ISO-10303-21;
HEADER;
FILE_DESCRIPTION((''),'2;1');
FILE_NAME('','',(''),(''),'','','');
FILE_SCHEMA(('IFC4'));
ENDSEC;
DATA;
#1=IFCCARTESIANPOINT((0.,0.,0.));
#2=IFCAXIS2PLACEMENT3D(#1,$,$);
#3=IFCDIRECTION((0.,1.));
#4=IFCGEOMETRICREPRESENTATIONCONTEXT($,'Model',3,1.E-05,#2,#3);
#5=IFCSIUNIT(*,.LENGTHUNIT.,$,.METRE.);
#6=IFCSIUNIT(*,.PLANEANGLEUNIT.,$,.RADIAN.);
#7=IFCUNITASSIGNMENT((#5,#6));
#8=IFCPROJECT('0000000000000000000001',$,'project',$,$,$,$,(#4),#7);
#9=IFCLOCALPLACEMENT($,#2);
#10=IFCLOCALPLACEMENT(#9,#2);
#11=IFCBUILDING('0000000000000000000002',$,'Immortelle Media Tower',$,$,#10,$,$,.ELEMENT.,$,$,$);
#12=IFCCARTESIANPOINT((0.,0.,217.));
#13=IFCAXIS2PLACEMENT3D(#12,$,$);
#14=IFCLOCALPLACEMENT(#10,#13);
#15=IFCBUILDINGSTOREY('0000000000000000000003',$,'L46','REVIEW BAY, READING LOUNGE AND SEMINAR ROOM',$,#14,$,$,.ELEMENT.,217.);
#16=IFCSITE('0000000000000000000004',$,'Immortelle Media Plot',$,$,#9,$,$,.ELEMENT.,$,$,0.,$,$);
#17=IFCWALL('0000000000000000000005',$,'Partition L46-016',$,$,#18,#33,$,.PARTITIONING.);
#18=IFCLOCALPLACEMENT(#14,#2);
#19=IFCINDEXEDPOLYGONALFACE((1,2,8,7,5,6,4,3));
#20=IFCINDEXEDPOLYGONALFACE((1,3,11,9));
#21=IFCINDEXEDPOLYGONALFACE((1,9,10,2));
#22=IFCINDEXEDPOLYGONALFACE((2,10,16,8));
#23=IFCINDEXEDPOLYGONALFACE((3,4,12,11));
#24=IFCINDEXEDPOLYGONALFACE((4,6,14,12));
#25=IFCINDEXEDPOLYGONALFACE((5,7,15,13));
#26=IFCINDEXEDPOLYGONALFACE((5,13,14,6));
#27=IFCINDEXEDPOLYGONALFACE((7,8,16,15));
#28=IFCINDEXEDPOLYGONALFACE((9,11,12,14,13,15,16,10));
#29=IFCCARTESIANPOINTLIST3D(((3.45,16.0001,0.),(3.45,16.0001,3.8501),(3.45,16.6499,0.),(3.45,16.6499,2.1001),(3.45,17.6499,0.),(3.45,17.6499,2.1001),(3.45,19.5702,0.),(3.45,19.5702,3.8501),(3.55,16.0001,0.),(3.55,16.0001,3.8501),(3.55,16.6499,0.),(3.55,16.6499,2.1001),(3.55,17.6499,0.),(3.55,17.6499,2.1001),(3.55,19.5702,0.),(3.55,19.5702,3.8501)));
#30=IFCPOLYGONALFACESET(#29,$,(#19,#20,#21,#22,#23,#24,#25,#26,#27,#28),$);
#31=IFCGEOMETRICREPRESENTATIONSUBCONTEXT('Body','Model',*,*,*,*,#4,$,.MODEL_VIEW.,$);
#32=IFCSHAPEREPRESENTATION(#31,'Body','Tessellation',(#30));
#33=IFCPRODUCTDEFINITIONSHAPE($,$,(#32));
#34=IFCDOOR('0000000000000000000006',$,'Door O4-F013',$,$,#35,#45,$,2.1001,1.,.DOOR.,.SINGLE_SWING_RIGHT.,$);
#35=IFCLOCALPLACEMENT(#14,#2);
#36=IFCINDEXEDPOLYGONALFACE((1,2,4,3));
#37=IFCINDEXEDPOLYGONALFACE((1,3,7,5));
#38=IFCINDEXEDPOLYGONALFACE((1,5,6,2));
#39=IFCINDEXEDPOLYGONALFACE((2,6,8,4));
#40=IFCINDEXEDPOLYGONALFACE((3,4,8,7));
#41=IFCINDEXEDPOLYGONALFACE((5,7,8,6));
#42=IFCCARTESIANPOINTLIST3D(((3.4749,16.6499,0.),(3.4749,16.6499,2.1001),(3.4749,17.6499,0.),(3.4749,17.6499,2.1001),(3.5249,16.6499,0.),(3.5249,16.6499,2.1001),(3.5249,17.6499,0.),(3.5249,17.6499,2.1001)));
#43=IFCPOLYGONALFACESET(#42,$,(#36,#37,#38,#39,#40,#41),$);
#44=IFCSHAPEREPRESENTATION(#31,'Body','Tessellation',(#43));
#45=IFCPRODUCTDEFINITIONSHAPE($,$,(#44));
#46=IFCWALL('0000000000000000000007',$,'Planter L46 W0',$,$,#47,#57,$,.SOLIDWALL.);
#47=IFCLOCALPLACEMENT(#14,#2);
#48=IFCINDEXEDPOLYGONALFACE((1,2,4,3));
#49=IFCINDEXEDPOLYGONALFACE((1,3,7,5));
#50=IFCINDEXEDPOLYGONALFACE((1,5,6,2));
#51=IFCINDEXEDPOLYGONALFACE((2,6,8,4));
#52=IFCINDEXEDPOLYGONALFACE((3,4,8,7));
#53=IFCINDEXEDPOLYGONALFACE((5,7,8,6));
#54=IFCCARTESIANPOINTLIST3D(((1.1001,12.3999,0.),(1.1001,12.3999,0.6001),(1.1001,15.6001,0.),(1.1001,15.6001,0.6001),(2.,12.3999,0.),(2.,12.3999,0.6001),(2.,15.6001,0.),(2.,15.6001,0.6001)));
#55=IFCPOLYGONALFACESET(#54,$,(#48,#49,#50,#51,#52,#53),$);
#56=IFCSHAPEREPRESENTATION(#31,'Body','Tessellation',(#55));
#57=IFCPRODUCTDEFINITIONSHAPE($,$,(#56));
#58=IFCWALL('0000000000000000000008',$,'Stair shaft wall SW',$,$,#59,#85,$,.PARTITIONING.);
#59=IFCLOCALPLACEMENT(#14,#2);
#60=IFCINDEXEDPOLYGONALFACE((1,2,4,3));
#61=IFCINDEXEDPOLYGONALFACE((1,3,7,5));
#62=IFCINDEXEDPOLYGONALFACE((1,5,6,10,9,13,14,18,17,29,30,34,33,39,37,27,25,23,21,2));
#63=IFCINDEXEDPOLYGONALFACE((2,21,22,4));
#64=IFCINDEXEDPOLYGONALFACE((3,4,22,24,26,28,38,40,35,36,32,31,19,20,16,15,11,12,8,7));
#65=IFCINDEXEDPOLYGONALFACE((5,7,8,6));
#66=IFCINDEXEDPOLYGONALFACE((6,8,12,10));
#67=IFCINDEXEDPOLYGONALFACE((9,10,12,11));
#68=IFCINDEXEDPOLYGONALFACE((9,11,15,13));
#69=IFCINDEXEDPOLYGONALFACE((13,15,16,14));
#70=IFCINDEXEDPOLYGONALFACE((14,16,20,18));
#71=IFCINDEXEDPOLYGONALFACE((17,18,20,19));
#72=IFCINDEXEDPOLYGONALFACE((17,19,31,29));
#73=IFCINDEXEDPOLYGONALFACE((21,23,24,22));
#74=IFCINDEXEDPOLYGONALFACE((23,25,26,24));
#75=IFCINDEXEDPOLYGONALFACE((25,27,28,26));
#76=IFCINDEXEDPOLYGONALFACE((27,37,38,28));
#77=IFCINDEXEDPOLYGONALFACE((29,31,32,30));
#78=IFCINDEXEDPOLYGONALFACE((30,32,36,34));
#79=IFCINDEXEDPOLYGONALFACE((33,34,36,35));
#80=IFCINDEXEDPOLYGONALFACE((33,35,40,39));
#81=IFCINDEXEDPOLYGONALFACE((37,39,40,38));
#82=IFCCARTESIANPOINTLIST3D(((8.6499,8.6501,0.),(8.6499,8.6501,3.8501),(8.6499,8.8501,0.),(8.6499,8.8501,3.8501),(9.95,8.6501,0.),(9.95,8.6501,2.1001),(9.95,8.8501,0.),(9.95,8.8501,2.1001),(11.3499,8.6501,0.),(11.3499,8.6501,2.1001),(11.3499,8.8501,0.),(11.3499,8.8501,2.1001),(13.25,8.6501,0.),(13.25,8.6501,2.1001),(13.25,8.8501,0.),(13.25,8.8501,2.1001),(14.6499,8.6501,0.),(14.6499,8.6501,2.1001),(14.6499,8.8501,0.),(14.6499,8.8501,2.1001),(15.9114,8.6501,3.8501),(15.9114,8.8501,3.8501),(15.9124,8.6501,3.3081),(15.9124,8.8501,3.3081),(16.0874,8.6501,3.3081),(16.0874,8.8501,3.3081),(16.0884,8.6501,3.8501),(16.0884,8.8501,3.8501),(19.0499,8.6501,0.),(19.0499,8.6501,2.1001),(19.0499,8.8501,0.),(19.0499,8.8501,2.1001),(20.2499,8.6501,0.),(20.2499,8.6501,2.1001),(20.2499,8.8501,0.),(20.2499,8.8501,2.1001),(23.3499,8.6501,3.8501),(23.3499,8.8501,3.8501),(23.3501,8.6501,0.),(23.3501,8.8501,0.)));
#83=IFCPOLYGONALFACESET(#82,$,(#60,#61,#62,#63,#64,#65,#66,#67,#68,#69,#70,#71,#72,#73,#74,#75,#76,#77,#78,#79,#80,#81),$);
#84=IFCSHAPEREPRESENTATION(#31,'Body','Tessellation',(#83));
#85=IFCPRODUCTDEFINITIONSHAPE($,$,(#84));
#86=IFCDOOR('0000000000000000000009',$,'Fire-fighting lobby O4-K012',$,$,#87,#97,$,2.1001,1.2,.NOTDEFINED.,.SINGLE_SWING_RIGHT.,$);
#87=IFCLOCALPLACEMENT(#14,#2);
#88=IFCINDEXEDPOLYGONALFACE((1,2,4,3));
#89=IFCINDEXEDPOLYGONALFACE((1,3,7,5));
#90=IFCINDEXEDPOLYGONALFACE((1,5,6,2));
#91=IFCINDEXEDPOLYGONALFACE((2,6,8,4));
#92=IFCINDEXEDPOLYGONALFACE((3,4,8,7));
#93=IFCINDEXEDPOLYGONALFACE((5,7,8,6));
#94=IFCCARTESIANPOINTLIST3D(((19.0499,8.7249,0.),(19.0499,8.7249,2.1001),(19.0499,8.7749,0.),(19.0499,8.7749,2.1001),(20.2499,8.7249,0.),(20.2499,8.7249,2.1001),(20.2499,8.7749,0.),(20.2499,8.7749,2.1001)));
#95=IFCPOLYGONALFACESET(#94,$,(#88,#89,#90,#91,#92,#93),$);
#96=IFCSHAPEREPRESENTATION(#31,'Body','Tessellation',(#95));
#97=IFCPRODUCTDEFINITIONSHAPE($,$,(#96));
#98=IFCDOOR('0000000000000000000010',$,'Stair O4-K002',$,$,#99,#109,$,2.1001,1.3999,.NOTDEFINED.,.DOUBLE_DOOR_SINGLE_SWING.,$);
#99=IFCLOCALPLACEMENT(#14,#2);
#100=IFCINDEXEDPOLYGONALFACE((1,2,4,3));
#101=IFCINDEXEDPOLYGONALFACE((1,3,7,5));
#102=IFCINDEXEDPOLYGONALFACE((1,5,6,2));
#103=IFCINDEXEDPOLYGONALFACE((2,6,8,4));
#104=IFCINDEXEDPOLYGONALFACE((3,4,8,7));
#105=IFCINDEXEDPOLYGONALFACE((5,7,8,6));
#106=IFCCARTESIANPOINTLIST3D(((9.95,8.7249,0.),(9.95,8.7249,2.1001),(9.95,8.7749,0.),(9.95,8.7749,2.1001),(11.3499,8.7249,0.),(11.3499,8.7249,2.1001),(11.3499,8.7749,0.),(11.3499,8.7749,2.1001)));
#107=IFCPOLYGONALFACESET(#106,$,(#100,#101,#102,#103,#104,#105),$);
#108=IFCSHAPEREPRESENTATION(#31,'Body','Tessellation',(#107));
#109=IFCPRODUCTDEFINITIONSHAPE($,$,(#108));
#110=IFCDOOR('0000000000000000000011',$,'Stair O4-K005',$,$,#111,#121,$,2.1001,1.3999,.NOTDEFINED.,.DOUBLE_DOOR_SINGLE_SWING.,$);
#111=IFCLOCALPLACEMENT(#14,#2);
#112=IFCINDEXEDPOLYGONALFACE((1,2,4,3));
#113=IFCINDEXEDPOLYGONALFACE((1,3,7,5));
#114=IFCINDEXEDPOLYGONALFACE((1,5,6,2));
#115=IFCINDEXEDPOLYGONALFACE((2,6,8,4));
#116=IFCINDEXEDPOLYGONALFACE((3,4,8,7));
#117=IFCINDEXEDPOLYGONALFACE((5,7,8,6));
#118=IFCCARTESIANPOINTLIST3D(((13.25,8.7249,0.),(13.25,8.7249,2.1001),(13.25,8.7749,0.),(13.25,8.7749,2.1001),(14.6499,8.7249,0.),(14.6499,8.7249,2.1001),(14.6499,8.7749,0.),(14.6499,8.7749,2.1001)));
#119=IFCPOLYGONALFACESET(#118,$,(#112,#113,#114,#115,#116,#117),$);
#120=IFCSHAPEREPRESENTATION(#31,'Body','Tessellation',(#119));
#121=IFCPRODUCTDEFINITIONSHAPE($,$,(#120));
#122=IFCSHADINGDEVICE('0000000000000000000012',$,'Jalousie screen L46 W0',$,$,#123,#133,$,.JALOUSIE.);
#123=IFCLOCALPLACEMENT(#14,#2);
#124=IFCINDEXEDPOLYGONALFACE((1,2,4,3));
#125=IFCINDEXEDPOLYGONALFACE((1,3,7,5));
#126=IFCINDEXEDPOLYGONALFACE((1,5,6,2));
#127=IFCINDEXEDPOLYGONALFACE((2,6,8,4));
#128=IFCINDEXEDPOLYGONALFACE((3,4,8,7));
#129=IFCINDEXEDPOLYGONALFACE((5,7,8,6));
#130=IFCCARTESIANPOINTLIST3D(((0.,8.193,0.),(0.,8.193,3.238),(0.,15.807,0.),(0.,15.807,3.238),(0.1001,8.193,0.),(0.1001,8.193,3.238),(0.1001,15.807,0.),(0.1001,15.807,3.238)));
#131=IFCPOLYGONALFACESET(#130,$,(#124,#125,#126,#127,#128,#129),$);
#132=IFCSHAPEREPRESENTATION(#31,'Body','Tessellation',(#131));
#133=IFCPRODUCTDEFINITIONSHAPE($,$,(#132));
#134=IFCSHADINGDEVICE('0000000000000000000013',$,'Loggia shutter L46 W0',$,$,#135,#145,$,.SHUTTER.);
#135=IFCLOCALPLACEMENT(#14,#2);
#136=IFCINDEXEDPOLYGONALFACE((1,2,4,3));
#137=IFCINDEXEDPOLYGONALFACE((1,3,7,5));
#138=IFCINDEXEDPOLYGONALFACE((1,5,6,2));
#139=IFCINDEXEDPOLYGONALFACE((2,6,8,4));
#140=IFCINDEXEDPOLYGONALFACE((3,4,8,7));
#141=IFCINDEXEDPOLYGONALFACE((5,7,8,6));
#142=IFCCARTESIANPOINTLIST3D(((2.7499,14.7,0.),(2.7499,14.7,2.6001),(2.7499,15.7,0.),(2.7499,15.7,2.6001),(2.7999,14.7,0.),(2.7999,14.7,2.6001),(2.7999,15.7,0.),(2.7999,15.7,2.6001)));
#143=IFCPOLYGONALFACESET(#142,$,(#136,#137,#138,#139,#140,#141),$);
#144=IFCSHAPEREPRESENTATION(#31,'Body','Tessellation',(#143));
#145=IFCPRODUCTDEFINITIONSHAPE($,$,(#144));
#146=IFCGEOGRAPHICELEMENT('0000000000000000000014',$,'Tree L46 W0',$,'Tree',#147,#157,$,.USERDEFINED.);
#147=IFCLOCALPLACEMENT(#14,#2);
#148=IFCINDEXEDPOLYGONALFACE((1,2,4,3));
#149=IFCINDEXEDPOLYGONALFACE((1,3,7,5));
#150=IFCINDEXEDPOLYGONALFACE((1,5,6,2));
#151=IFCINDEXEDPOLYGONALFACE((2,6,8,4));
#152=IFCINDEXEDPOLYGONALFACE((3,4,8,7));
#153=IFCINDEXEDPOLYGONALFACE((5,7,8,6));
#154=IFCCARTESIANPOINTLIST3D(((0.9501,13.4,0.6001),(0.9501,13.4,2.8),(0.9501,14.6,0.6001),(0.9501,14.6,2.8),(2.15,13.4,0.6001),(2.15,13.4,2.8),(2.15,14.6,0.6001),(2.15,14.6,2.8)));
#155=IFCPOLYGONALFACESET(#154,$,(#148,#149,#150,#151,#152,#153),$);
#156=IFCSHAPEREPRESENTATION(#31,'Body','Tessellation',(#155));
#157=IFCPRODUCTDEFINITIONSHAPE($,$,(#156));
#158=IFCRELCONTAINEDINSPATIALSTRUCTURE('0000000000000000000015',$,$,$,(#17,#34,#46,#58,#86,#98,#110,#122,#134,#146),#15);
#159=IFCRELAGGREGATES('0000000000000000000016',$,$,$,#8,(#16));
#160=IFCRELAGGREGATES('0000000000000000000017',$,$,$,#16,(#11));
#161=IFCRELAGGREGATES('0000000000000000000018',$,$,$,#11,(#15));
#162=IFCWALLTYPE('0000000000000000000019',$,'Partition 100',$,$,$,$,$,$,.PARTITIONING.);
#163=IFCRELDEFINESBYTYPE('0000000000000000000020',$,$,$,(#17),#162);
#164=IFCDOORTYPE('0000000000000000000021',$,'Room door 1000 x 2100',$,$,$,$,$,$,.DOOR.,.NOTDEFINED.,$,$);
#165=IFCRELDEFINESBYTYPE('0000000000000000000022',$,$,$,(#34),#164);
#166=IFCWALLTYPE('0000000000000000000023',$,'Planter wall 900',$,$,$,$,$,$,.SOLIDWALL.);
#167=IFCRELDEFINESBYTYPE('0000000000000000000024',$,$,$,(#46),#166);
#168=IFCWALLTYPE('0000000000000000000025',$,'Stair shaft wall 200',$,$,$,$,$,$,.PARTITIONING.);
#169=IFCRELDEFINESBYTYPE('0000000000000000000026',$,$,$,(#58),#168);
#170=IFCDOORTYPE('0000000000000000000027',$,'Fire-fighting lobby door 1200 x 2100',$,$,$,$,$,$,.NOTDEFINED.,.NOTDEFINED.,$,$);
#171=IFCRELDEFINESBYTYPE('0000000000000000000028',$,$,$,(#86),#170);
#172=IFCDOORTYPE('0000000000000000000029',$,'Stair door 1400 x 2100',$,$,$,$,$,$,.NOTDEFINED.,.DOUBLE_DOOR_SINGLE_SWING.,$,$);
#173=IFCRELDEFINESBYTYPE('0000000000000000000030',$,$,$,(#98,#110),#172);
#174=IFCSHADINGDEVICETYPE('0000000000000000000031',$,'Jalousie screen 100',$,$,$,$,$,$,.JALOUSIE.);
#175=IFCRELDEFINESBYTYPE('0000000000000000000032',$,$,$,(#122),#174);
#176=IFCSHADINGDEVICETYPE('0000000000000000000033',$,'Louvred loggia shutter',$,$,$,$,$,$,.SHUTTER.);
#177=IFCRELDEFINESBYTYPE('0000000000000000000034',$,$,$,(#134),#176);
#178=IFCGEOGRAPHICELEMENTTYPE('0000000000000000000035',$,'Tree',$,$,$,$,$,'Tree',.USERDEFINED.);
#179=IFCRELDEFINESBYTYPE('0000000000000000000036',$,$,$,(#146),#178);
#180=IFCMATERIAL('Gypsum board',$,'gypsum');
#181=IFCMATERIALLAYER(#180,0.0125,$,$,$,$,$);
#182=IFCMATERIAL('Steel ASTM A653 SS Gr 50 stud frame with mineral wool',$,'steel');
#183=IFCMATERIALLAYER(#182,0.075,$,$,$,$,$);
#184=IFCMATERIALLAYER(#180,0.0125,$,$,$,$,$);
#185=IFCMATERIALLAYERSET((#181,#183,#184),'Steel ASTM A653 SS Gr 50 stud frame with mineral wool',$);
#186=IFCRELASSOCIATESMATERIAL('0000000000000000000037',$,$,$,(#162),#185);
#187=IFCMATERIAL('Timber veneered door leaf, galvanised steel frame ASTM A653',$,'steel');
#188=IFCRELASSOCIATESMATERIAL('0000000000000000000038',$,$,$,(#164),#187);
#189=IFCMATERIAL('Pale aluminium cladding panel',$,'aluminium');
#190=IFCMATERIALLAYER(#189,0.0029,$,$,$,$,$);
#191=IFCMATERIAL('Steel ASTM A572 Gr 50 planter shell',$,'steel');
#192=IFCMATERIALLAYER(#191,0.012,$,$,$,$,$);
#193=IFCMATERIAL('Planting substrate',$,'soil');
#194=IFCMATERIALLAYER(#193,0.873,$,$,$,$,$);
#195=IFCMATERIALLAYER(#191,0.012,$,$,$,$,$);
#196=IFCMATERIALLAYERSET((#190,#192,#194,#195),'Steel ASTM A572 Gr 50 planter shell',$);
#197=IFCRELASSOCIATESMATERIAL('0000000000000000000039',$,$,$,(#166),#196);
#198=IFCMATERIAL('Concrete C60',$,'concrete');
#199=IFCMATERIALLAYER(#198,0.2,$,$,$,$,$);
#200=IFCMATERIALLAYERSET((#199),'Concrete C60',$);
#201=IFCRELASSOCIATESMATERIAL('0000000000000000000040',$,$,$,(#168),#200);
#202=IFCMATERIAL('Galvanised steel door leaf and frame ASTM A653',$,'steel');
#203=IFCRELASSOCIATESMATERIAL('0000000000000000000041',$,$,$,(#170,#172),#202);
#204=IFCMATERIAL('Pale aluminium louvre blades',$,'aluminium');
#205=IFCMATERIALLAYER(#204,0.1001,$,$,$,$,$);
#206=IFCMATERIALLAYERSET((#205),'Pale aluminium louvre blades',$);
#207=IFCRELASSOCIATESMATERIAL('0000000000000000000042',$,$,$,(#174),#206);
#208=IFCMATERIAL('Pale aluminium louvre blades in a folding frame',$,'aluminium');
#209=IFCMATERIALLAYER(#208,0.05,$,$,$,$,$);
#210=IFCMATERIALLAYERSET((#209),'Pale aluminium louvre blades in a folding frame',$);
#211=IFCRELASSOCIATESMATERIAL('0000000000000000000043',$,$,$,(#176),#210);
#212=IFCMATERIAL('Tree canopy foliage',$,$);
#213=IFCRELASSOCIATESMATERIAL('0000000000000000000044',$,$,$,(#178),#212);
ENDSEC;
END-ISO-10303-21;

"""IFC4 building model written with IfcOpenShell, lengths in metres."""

from ifc_helpers import new_model, si_unit, direction, frame, frame_2d, origin, origin_2d, place, context, subcontext, project, spatial, polyline, rectangle, outline, extrude, material, layer, layer_set, type_object, element, fill, save


model = new_model("IFC4")

# Units and contexts
model_context = context("Model", 3, precision=1e-05, world=origin(), true_north=direction((0.0, 1.0)))
body_context = subcontext(model_context, "Body", "Model", "MODEL_VIEW")
ifc_project = project(units=[si_unit("LENGTHUNIT", "METRE"), si_unit("PLANEANGLEUNIT", "RADIAN")], contexts=[model_context])

# Site, building, storey
site_placement = place(None, origin())
site = spatial("IfcSite", under=ifc_project, at=site_placement, Name="Immortelle Media Plot", CompositionType="ELEMENT", RefElevation=0.0)
building_placement = place(site_placement, origin())
building = spatial("IfcBuilding", under=site, at=building_placement, Name="Immortelle Media Tower", CompositionType="ELEMENT")
storey_placement = place(building_placement, frame((0.0, 0.0, 217.0)))
storey = spatial("IfcBuildingStorey", under=building, at=storey_placement, Name="L46", Description="REVIEW BAY, READING LOUNGE AND SEMINAR ROOM", CompositionType="ELEMENT", Elevation=217.0)

# Shared definitions
ifc_material_1 = material(Name="Pale aluminium cladding panel", Category="aluminium")
ifc_material_2 = material(Name="Steel ASTM A653 SS Gr 50 stud frame with mineral wool", Category="steel")

# Shared definitions
ifc_material_3 = material(Name="Gypsum board", Category="gypsum")
ifc_layer_1 = layer(ifc_material_3, 0.0125)
ifc_layer_2 = layer(ifc_material_2, 0.075)
ifc_layer_3 = layer(ifc_material_3, 0.0125)
ifc_layer_set_1 = layer_set([ifc_layer_1, ifc_layer_2, ifc_layer_3], Name="Steel ASTM A653 SS Gr 50 stud frame with mineral wool")
wall_type_1 = type_object("IfcWallType", Name="Partition 100", PredefinedType="PARTITIONING", material=ifc_layer_set_1)

# Wall, opening, door
wall_1_placement = place(storey_placement, frame((3.5, 16.0, 0.0), z_axis=(0.0, 0.0, 1.0), x_axis=(0.0, 1.0, 0.0)))
wall_1 = element("IfcWall", 1, at=wall_1_placement, inside=storey, type_object=wall_type_1, Name="Partition L46-016", PredefinedType="PARTITIONING", context=body_context, shape_type="SweptSolid", body=[
    extrude(rectangle(XDim=3.5701, YDim=0.1001, at=frame_2d((1.7852, 0.0))), origin(), (0.0, 0.0, 1.0), 3.8501),
])
opening_1_placement = place(wall_1_placement, frame((1.6499, 0.0, 0.0), z_axis=(0.0, 0.0, 1.0), x_axis=(-1.0, 0.0, 0.0)))
opening_1 = element("IfcOpeningElement", 2, at=opening_1_placement, cuts=wall_1, PredefinedType="OPENING", context=body_context, shape_type="SweptSolid", body=[
    extrude(rectangle(XDim=1.0, YDim=2.1001, at=frame_2d((0.5, 1.05))), frame((0.0, 0.0601, 0.0), z_axis=(0.0, -1.0, 0.0), x_axis=(1.0, 0.0, 0.0)), (0.0, 0.0, 1.0), 0.1201),
])
ifc_material_4 = material(Name="Timber veneered door leaf, galvanised steel frame ASTM A653", Category="steel")
door_type_1 = type_object("IfcDoorType", Name="Room door 1000 x 2100", OperationType="NOTDEFINED", PredefinedType="DOOR", material=ifc_material_4)
door_1_placement = place(opening_1_placement, origin())
door_1 = element("IfcDoor", 3, at=door_1_placement, inside=storey, type_object=door_type_1, Name="Door O4-F013", OperationType="SINGLE_SWING_RIGHT", OverallHeight=2.1001, OverallWidth=1.0, PredefinedType="DOOR", context=body_context, shape_type="SweptSolid", body=[
    extrude(rectangle(XDim=1.0, YDim=2.1001, at=frame_2d((0.5, 1.05))), frame((0.0, 0.0249, 0.0), z_axis=(0.0, -1.0, 0.0), x_axis=(1.0, 0.0, 0.0)), (0.0, 0.0, 1.0), 0.05),
])
fill(opening_1, door_1)

# Wall
ifc_layer_4 = layer(ifc_material_1, 0.0029)
ifc_material_5 = material(Name="Steel ASTM A572 Gr 50 planter shell", Category="steel")
ifc_layer_5 = layer(ifc_material_5, 0.012)
ifc_material_6 = material(Name="Planting substrate", Category="soil")
ifc_layer_6 = layer(ifc_material_6, 0.873)
ifc_layer_7 = layer(ifc_material_5, 0.012)
ifc_layer_set_2 = layer_set([ifc_layer_4, ifc_layer_5, ifc_layer_6, ifc_layer_7], Name="Steel ASTM A572 Gr 50 planter shell")
wall_type_2 = type_object("IfcWallType", Name="Planter wall 900", PredefinedType="SOLIDWALL", material=ifc_layer_set_2)
wall_2_placement = place(storey_placement, frame((1.55, 15.6001, 0.0), z_axis=(0.0, 0.0, 1.0), x_axis=(0.0, -1.0, 0.0)))
element("IfcWall", 4, at=wall_2_placement, inside=storey, type_object=wall_type_2, Name="Planter L46 W0", PredefinedType="SOLIDWALL", context=body_context, shape_type="SweptSolid", body=[
    extrude(rectangle(XDim=3.2002, YDim=0.8999, at=frame_2d((1.6001, 0.0))), origin(), (0.0, 0.0, 1.0), 0.6001),
])

# Wall, openings, doors
ifc_material_7 = material(Name="Concrete C60", Category="concrete")
ifc_layer_8 = layer(ifc_material_7, 0.2)
ifc_layer_set_3 = layer_set([ifc_layer_8], Name="Concrete C60")
wall_type_3 = type_object("IfcWallType", Name="Stair shaft wall 200", PredefinedType="PARTITIONING", material=ifc_layer_set_3)
wall_3_placement = place(storey_placement, frame((8.6499, 8.75, 0.0), z_axis=(0.0, 0.0, 1.0), x_axis=(1.0, 0.0, 0.0)))
wall_3 = element("IfcWall", 5, at=wall_3_placement, inside=storey, type_object=wall_type_3, Name="Stair shaft wall SW", PredefinedType="PARTITIONING", context=body_context, shape_type="SweptSolid", body=[
    extrude(outline(polyline([(0.0, 0.0), (14.7002, 0.0), (14.7, 3.8501), (7.4385, 3.8501), (7.4375, 3.3081), (7.2625, 3.3081), (7.2615, 3.8501), (0.0, 3.8501), (0.0, 0.0)])), frame((0.0, 0.1001, 0.0), z_axis=(0.0, -1.0, 0.0), x_axis=(1.0, 0.0, 0.0)), (0.0, 0.0, 1.0), 0.2),
])
opening_2_placement = place(wall_3_placement, frame((1.3, 0.0, 0.0)))
opening_2 = element("IfcOpeningElement", 6, at=opening_2_placement, cuts=wall_3, PredefinedType="OPENING", context=body_context, shape_type="SweptSolid", body=[
    extrude(rectangle(XDim=1.3999, YDim=2.1001, at=frame_2d((0.7, 1.05))), frame((0.0, 0.1099, 0.0), z_axis=(0.0, -1.0, 0.0), x_axis=(1.0, 0.0, 0.0)), (0.0, 0.0, 1.0), 0.22),
])
opening_3_placement = place(wall_3_placement, frame((4.6001, 0.0, 0.0)))
opening_3 = element("IfcOpeningElement", 7, at=opening_3_placement, cuts=wall_3, PredefinedType="OPENING", context=body_context, shape_type="SweptSolid", body=[
    extrude(rectangle(XDim=1.3999, YDim=2.1001, at=frame_2d((0.7, 1.05))), frame((0.0, 0.1099, 0.0), z_axis=(0.0, -1.0, 0.0), x_axis=(1.0, 0.0, 0.0)), (0.0, 0.0, 1.0), 0.22),
])
opening_4_placement = place(wall_3_placement, frame((10.3999, 0.0, 0.0)))
opening_4 = element("IfcOpeningElement", 8, at=opening_4_placement, cuts=wall_3, PredefinedType="OPENING", context=body_context, shape_type="SweptSolid", body=[
    extrude(rectangle(XDim=1.2, YDim=2.1001, at=frame_2d((0.6001, 1.05))), frame((0.0, 0.1099, 0.0), z_axis=(0.0, -1.0, 0.0), x_axis=(1.0, 0.0, 0.0)), (0.0, 0.0, 1.0), 0.22),
])
ifc_material_8 = material(Name="Galvanised steel door leaf and frame ASTM A653", Category="steel")
door_type_2 = type_object("IfcDoorType", Name="Fire-fighting lobby door 1200 x 2100", OperationType="NOTDEFINED", PredefinedType="NOTDEFINED", material=ifc_material_8)
door_2_placement = place(opening_4_placement, origin())
door_2 = element("IfcDoor", 9, at=door_2_placement, inside=storey, type_object=door_type_2, Name="Fire-fighting lobby O4-K012", OperationType="SINGLE_SWING_RIGHT", OverallHeight=2.1001, OverallWidth=1.2, PredefinedType="NOTDEFINED", context=body_context, shape_type="SweptSolid", body=[
    extrude(rectangle(XDim=1.2, YDim=2.1001, at=frame_2d((0.6001, 1.05))), frame((0.0, 0.0249, 0.0), z_axis=(0.0, -1.0, 0.0), x_axis=(1.0, 0.0, 0.0)), (0.0, 0.0, 1.0), 0.05),
])
fill(opening_4, door_2)
door_type_3 = type_object("IfcDoorType", Name="Stair door 1400 x 2100", OperationType="DOUBLE_DOOR_SINGLE_SWING", PredefinedType="NOTDEFINED", material=ifc_material_8)
door_3_placement = place(opening_2_placement, origin())
door_3 = element("IfcDoor", 10, at=door_3_placement, inside=storey, type_object=door_type_3, Name="Stair O4-K002", OperationType="DOUBLE_DOOR_SINGLE_SWING", OverallHeight=2.1001, OverallWidth=1.3999, PredefinedType="NOTDEFINED", context=body_context, shape_type="SweptSolid", body=[
    extrude(rectangle(XDim=1.3999, YDim=2.1001, at=frame_2d((0.7, 1.05))), frame((0.0, 0.0249, 0.0), z_axis=(0.0, -1.0, 0.0), x_axis=(1.0, 0.0, 0.0)), (0.0, 0.0, 1.0), 0.05),
])
fill(opening_2, door_3)
door_4_placement = place(opening_3_placement, origin())
door_4 = element("IfcDoor", 11, at=door_4_placement, inside=storey, type_object=door_type_3, Name="Stair O4-K005", OperationType="DOUBLE_DOOR_SINGLE_SWING", OverallHeight=2.1001, OverallWidth=1.3999, PredefinedType="NOTDEFINED", context=body_context, shape_type="SweptSolid", body=[
    extrude(rectangle(XDim=1.3999, YDim=2.1001, at=frame_2d((0.7, 1.05))), frame((0.0, 0.0249, 0.0), z_axis=(0.0, -1.0, 0.0), x_axis=(1.0, 0.0, 0.0)), (0.0, 0.0, 1.0), 0.05),
])
fill(opening_3, door_4)

# Shading devices
ifc_material_9 = material(Name="Pale aluminium louvre blades", Category="aluminium")
ifc_layer_9 = layer(ifc_material_9, 0.1001)
ifc_layer_set_4 = layer_set([ifc_layer_9], Name="Pale aluminium louvre blades")
shading_device_type_1 = type_object("IfcShadingDeviceType", Name="Jalousie screen 100", PredefinedType="JALOUSIE", material=ifc_layer_set_4)
shading_device_1_placement = place(storey_placement, frame((0.05, 12.0, 0.0), z_axis=(0.0, 0.0, 1.0), x_axis=(0.0, -1.0, 0.0)))
element("IfcShadingDevice", 12, at=shading_device_1_placement, inside=storey, type_object=shading_device_type_1, Name="Jalousie screen L46 W0", PredefinedType="JALOUSIE", context=body_context, shape_type="SweptSolid", body=[
    extrude(rectangle(XDim=7.614, YDim=0.1001, at=origin_2d()), origin(), (0.0, 0.0, 1.0), 3.238),
])
ifc_material_10 = material(Name="Pale aluminium louvre blades in a folding frame", Category="aluminium")
ifc_layer_10 = layer(ifc_material_10, 0.05)
ifc_layer_set_5 = layer_set([ifc_layer_10], Name="Pale aluminium louvre blades in a folding frame")
shading_device_type_2 = type_object("IfcShadingDeviceType", Name="Louvred loggia shutter", PredefinedType="SHUTTER", material=ifc_layer_set_5)
shading_device_2_placement = place(storey_placement, frame((2.7749, 15.2, 0.0), z_axis=(0.0, 0.0, 1.0), x_axis=(0.0, -1.0, 0.0)))
element("IfcShadingDevice", 13, at=shading_device_2_placement, inside=storey, type_object=shading_device_type_2, Name="Loggia shutter L46 W0", PredefinedType="SHUTTER", context=body_context, shape_type="SweptSolid", body=[
    extrude(rectangle(XDim=1.0, YDim=0.05, at=origin_2d()), origin(), (0.0, 0.0, 1.0), 2.6001),
])

# Geographic element
ifc_material_11 = material(Name="Tree canopy foliage")
geographic_element_type = type_object("IfcGeographicElementType", Name="Tree", ElementType="Tree", PredefinedType="USERDEFINED", material=ifc_material_11)
geographic_element_placement = place(storey_placement, frame((1.55, 14.0, 0.6001), z_axis=(0.0, 0.0, 1.0), x_axis=(1.0, 0.0, 0.0)))
element("IfcGeographicElement", 14, at=geographic_element_placement, inside=storey, type_object=geographic_element_type, Name="Tree L46 W0", ObjectType="Tree", PredefinedType="USERDEFINED", context=body_context, shape_type="SweptSolid", body=[
    extrude(rectangle(XDim=1.2, YDim=1.2, at=origin_2d()), origin(), (0.0, 0.0, 1.0), 2.2),
])

save(model, "model.ifc")
